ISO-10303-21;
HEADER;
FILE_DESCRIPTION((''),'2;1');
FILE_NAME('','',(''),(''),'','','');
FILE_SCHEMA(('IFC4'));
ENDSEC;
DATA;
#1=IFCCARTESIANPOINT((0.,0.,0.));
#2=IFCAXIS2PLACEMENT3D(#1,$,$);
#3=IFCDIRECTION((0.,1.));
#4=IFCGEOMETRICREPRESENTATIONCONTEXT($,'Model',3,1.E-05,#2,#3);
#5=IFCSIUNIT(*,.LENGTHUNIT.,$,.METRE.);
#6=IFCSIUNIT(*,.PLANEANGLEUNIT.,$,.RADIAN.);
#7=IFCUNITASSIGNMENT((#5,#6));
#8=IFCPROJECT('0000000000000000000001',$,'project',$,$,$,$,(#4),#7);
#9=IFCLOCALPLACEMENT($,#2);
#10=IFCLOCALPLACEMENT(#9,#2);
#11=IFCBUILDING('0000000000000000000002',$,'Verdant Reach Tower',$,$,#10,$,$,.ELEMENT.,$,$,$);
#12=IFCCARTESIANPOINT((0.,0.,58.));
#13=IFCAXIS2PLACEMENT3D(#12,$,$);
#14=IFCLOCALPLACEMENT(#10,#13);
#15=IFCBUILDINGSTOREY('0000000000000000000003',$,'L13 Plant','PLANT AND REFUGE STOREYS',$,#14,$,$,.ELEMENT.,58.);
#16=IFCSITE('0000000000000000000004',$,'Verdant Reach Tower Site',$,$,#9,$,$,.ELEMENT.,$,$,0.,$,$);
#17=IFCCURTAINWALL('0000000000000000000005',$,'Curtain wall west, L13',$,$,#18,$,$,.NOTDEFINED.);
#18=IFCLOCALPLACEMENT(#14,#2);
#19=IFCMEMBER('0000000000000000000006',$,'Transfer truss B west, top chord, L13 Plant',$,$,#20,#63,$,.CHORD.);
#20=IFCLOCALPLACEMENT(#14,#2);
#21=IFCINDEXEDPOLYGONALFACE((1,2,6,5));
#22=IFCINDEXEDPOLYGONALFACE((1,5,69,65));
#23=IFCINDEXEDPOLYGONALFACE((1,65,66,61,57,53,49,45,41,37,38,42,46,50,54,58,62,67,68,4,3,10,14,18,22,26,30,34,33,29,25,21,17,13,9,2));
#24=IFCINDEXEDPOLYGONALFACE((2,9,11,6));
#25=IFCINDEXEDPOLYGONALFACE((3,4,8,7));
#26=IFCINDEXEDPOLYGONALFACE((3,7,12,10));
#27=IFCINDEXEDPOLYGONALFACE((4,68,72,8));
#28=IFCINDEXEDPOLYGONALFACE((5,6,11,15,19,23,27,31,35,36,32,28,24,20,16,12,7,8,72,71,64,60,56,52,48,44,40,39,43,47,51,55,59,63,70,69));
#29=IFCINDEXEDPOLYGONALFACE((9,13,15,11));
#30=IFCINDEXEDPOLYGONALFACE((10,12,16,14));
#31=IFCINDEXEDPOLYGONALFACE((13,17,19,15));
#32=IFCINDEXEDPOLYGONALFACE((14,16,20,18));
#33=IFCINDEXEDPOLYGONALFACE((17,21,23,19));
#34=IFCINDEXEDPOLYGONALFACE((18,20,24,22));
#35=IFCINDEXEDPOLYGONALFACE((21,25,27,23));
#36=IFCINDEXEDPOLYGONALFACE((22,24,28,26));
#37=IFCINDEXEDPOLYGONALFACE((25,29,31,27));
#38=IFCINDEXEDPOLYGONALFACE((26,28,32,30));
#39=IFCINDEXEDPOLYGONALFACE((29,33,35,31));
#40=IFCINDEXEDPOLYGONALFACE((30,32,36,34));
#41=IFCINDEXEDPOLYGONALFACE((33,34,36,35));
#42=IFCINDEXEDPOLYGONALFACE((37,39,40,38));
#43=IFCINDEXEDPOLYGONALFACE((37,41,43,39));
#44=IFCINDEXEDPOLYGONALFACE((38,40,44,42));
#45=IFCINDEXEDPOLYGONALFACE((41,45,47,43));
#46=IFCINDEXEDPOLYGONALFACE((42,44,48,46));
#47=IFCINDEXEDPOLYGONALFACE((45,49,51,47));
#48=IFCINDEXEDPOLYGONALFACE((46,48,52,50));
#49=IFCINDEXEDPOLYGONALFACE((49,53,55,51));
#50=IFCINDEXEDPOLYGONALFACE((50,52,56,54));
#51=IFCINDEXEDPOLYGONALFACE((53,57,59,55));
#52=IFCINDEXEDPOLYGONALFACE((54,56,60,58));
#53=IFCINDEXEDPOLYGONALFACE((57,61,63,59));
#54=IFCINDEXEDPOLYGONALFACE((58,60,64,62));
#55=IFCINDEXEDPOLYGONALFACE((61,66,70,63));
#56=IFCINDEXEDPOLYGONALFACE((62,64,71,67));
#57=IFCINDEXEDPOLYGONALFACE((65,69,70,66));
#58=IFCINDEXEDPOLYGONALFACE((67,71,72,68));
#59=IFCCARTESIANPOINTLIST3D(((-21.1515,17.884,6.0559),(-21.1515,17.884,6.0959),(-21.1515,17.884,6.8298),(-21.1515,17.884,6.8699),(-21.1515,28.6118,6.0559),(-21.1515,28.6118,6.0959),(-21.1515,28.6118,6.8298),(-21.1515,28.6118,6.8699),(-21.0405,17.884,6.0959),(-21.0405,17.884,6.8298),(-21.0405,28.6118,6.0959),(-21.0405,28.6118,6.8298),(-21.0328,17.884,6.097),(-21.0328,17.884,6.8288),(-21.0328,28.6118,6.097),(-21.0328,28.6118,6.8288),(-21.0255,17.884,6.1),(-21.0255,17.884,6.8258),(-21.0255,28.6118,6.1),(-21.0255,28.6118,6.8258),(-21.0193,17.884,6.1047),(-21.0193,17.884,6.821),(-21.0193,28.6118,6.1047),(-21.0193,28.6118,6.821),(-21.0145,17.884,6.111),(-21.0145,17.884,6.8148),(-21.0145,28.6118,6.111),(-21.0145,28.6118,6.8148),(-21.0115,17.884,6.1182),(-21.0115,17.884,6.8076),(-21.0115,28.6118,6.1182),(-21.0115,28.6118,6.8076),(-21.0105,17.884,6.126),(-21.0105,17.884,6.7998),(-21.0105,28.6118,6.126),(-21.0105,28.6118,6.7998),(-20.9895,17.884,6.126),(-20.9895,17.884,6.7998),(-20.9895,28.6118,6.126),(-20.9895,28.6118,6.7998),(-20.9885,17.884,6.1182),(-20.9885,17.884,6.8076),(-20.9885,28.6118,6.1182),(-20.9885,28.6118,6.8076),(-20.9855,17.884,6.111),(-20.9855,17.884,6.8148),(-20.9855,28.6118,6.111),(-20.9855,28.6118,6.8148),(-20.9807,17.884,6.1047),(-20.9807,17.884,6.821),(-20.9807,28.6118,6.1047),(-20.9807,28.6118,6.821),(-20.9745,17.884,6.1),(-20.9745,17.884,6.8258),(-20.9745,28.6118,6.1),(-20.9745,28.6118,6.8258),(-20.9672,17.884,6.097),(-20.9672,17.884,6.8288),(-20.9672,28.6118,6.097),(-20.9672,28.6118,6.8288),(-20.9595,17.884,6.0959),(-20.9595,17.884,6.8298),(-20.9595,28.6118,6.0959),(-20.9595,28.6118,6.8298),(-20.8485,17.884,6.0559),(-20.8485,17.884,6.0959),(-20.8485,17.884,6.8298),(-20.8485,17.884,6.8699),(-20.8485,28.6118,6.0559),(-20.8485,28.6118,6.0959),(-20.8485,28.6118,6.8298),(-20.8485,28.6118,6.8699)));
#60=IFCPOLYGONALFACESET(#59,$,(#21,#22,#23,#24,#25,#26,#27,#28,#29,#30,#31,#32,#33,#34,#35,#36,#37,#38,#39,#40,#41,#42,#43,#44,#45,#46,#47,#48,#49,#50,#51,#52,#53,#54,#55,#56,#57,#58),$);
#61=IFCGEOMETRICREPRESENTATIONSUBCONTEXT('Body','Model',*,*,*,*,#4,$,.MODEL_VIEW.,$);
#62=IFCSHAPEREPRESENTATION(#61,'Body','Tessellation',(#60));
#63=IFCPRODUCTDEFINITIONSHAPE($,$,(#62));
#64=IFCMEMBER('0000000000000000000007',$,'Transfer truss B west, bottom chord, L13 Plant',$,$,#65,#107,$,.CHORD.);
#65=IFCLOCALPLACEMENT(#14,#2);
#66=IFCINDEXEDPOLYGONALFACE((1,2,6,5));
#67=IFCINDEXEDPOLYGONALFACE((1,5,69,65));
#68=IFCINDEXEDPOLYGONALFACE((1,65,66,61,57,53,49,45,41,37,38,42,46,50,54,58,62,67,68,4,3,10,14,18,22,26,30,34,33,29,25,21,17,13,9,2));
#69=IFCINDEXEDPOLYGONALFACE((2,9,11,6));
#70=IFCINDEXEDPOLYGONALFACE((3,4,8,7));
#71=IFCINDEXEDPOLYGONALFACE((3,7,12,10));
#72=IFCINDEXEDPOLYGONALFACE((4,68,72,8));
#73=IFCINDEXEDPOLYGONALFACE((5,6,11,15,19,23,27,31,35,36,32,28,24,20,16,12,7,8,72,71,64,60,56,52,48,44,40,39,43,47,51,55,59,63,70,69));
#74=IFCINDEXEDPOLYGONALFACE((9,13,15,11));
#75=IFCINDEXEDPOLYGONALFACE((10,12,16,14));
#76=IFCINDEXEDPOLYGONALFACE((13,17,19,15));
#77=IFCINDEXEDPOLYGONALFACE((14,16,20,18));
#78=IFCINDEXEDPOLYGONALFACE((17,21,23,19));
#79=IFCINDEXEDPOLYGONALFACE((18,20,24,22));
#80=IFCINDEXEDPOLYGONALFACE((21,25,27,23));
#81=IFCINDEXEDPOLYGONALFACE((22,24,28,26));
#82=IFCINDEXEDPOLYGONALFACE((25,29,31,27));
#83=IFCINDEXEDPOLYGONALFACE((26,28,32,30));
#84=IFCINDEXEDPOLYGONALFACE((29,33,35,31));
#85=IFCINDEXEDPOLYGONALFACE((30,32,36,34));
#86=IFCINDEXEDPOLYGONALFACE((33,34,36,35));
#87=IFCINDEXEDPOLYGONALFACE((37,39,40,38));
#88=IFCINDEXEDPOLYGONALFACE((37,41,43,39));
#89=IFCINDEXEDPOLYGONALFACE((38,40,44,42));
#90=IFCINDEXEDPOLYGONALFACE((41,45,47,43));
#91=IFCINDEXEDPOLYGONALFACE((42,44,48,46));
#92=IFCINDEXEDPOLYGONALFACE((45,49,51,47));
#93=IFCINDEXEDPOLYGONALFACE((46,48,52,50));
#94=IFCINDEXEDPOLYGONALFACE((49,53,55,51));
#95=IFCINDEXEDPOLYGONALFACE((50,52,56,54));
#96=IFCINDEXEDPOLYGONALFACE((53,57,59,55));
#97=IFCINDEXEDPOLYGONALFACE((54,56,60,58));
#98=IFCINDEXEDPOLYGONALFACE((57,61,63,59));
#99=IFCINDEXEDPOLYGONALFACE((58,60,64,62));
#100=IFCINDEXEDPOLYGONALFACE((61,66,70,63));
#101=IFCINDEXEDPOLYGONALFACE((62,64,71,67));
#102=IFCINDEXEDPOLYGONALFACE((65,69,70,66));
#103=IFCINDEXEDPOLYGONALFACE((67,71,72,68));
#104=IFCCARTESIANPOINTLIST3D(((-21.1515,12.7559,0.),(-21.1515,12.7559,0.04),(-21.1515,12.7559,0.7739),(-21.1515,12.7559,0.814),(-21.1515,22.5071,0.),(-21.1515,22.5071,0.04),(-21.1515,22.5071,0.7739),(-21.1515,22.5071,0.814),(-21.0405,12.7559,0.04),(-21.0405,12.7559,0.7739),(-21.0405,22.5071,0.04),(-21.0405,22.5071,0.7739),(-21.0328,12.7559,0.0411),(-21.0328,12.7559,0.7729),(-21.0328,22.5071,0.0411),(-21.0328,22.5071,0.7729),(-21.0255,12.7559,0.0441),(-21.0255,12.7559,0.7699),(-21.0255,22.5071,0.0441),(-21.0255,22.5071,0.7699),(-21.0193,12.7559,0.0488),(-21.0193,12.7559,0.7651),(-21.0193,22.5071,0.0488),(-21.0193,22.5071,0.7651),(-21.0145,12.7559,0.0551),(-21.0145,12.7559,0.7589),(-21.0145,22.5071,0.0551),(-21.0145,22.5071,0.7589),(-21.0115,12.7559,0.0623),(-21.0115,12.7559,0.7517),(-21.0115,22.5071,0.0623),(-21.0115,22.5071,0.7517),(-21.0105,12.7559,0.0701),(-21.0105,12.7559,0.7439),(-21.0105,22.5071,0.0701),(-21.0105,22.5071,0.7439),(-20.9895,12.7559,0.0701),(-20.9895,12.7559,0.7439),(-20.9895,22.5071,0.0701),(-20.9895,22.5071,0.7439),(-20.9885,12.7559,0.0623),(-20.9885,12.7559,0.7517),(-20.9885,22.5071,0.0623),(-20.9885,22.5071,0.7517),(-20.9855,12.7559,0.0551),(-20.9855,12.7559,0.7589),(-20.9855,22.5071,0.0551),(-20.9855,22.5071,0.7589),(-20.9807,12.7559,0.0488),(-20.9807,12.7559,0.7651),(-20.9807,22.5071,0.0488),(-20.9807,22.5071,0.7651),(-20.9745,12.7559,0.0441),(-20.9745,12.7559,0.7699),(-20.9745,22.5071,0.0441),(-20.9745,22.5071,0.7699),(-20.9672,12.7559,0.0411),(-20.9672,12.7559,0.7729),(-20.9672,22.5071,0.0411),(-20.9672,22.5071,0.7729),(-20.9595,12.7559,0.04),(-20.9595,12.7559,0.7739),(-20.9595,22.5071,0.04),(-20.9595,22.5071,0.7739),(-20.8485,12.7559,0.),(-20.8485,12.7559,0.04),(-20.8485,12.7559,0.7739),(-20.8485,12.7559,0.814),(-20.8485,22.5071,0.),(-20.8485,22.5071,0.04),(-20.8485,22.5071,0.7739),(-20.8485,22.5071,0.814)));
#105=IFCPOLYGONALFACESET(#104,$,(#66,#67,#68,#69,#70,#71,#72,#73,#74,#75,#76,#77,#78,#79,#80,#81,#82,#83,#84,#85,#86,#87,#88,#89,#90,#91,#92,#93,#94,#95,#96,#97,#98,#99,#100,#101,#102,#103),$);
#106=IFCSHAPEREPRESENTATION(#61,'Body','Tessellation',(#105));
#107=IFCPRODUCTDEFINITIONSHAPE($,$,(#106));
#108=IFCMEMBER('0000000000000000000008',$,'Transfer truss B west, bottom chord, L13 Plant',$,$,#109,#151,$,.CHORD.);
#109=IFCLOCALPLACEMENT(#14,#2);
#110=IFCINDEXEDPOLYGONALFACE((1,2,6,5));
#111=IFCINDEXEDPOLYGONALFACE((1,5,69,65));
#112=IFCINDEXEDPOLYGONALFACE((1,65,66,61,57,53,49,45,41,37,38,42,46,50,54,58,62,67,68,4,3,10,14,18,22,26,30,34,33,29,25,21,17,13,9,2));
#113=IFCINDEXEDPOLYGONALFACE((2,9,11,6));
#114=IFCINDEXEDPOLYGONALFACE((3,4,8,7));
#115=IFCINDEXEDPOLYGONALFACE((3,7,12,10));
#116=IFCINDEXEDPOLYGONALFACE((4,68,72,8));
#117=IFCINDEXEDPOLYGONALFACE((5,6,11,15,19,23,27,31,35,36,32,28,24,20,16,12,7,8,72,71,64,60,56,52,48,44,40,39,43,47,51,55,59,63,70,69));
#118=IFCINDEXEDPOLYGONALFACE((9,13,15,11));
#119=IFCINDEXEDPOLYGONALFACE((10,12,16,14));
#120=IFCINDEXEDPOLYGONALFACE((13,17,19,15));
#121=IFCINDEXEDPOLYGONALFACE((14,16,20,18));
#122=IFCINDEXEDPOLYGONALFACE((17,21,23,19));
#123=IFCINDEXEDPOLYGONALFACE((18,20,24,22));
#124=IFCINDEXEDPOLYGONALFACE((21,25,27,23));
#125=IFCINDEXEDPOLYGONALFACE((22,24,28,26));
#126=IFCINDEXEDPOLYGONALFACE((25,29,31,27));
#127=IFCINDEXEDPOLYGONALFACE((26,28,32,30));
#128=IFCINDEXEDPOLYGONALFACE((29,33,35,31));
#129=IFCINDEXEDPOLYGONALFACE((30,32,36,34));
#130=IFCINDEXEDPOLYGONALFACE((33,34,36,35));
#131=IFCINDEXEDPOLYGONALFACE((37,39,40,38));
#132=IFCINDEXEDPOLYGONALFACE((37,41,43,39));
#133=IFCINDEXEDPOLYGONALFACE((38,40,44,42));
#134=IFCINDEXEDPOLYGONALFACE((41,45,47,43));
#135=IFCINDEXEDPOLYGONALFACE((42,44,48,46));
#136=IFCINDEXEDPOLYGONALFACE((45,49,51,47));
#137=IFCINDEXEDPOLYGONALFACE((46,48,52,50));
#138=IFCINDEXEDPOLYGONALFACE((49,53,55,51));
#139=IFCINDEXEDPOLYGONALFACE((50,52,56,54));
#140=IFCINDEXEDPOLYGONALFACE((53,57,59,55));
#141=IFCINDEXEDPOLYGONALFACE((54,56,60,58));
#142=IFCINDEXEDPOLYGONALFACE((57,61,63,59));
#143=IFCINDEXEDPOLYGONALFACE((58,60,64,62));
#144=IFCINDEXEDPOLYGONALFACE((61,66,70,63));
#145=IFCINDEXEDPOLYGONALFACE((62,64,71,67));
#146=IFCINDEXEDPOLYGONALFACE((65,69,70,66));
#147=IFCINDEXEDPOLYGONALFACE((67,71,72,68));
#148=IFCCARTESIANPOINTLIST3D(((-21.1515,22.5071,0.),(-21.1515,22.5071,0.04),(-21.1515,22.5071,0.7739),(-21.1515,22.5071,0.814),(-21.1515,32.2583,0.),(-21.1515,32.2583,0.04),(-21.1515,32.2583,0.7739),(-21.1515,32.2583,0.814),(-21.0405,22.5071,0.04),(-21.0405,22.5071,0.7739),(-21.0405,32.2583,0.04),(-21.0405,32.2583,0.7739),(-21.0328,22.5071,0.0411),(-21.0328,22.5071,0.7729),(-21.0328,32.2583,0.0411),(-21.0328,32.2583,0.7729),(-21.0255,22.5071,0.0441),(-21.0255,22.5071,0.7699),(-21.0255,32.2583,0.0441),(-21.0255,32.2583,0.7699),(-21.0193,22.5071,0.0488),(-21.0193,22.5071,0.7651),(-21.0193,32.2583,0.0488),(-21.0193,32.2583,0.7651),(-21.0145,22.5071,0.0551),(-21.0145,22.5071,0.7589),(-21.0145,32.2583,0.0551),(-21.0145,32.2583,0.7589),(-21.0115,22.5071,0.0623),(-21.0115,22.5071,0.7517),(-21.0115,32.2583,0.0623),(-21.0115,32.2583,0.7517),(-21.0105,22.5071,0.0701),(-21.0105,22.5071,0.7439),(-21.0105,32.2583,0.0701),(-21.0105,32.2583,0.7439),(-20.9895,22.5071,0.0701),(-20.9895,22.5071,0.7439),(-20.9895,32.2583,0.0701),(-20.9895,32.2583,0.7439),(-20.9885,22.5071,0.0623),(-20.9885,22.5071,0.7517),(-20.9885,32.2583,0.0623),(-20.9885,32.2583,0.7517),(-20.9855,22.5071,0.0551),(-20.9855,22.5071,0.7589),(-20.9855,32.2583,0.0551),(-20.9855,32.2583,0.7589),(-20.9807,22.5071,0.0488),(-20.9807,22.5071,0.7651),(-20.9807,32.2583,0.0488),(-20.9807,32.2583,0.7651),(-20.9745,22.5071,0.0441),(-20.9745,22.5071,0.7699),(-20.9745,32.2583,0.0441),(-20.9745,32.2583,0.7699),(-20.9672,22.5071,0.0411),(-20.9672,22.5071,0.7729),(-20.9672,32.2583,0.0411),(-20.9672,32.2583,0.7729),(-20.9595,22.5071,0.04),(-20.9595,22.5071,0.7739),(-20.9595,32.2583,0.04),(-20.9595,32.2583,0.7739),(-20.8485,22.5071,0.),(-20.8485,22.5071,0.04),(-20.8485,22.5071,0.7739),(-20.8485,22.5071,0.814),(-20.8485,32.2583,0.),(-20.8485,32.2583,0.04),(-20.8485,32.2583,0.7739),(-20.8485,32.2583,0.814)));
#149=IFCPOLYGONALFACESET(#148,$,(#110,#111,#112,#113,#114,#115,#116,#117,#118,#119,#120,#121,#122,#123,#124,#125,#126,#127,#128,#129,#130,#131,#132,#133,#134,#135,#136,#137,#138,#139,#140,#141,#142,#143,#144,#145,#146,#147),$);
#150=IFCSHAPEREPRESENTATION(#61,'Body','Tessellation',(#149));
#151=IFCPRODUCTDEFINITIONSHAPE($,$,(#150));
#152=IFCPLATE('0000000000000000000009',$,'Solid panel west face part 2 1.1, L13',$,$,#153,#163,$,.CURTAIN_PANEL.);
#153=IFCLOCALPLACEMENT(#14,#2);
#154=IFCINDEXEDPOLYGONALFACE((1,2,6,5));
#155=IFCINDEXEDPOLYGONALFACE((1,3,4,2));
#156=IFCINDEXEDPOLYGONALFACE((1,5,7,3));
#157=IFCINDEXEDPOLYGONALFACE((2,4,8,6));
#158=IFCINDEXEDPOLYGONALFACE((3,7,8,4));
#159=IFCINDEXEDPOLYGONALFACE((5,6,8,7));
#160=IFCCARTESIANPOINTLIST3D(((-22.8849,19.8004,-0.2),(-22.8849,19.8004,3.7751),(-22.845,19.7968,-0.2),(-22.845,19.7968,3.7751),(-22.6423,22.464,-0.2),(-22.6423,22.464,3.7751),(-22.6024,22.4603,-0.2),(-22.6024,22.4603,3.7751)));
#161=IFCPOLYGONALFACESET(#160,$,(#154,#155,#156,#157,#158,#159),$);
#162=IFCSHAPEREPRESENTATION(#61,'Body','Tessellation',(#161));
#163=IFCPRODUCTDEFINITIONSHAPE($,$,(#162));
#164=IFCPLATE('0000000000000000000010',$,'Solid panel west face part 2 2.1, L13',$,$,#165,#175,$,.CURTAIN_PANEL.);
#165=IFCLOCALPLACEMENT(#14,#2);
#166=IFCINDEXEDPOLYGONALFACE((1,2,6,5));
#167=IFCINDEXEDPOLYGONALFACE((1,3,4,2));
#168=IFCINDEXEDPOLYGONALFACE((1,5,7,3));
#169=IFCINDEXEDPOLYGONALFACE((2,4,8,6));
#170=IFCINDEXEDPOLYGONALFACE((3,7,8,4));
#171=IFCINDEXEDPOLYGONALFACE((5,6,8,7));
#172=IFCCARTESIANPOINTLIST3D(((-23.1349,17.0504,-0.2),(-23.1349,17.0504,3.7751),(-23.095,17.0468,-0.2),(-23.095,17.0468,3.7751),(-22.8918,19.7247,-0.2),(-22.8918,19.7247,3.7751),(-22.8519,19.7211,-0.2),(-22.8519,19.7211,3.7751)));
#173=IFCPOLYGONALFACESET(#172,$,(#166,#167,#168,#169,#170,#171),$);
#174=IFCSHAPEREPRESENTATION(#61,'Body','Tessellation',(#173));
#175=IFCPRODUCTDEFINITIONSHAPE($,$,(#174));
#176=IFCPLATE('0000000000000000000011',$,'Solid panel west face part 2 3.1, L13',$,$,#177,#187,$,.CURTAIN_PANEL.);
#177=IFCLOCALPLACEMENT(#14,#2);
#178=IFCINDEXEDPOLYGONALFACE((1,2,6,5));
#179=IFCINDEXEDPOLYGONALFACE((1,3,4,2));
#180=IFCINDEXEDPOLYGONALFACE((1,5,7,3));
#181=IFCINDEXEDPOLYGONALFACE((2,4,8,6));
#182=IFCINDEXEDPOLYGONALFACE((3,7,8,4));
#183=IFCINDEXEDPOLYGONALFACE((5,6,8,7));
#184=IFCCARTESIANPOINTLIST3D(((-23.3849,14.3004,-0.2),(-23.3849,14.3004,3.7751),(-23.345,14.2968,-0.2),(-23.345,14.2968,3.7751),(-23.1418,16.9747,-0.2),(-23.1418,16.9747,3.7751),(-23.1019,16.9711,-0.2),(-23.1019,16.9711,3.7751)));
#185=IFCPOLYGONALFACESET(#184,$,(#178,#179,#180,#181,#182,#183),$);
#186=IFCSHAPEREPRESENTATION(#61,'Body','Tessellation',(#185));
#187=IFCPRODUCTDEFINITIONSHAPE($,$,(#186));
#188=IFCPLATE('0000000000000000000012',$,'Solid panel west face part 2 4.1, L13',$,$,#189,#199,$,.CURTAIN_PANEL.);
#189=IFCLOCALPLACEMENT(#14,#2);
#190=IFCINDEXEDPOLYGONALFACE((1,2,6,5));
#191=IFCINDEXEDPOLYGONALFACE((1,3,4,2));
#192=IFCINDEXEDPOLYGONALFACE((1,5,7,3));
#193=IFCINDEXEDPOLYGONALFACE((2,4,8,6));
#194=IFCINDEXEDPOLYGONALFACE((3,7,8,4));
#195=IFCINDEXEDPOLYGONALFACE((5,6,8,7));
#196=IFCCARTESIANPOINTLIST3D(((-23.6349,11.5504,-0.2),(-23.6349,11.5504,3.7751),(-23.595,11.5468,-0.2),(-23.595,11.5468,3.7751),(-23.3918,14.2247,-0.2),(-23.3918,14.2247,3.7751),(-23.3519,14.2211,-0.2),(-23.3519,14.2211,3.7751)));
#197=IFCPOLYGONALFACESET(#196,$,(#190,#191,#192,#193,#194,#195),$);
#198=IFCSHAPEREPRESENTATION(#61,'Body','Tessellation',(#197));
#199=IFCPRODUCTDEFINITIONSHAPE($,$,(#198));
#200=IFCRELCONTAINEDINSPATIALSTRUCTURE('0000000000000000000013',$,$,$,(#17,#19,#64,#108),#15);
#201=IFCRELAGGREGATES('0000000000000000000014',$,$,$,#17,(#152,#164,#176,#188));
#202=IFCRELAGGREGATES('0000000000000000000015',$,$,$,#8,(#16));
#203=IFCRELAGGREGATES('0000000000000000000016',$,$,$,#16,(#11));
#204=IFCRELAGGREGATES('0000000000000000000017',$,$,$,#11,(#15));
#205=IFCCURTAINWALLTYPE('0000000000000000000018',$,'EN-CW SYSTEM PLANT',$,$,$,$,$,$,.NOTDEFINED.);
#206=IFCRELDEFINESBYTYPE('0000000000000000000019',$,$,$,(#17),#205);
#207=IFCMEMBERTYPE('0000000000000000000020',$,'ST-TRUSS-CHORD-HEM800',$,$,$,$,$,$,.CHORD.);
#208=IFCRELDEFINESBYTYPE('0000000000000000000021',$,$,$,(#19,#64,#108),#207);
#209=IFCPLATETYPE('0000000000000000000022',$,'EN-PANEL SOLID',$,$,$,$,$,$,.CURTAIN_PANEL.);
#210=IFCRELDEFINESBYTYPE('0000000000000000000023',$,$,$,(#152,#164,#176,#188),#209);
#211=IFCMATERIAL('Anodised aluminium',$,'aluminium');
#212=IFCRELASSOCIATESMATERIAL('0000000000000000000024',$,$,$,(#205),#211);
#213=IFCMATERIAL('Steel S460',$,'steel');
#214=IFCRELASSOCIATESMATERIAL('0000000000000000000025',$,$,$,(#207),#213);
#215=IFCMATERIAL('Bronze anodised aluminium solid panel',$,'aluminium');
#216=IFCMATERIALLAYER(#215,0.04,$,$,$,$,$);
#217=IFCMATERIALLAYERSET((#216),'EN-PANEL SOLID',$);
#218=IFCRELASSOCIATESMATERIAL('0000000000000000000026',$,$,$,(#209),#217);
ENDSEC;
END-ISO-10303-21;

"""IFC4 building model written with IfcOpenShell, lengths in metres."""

from ifc_helpers import new_model, si_unit, direction, frame, origin, origin_2d, place, context, subcontext, project, spatial, rectangle, i_section, extrude, material, layer, layer_set, material_profile, profile_set, type_object, element, aggregate, save


model = new_model("IFC4")

# Units and contexts
model_context = context("Model", 3, precision=1e-05, world=origin(), true_north=direction((0.0, 1.0)))
body_context = subcontext(model_context, "Body", "Model", "MODEL_VIEW")
ifc_project = project(units=[si_unit("LENGTHUNIT", "METRE"), si_unit("PLANEANGLEUNIT", "RADIAN")], contexts=[model_context])

# Site, building, storey
site_placement = place(None, origin())
site = spatial("IfcSite", under=ifc_project, at=site_placement, Name="Verdant Reach Tower Site", CompositionType="ELEMENT", RefElevation=0.0)
building_placement = place(site_placement, origin())
building = spatial("IfcBuilding", under=site, at=building_placement, Name="Verdant Reach Tower", CompositionType="ELEMENT")
storey_placement = place(building_placement, frame((0.0, 0.0, 58.0)))
storey = spatial("IfcBuildingStorey", under=building, at=storey_placement, Name="L13 Plant", Description="PLANT AND REFUGE STOREYS", CompositionType="ELEMENT", Elevation=58.0)

# Shared definitions
ifc_material_1 = material(Name="Steel S460", Category="steel")

# Curtain wall
ifc_material_2 = material(Name="Anodised aluminium", Category="aluminium")
curtain_wall_type = type_object("IfcCurtainWallType", Name="EN-CW SYSTEM PLANT", PredefinedType="NOTDEFINED", material=ifc_material_2)
curtain_wall_placement = place(storey_placement, origin())
curtain_wall = element("IfcCurtainWall", 1, at=curtain_wall_placement, inside=storey, type_object=curtain_wall_type, Name="Curtain wall west, L13", PredefinedType="NOTDEFINED")

# Members
ifc_material_profile_1 = material_profile(ifc_material_1, i_section(OverallWidth=0.303, OverallDepth=0.814, WebThickness=0.021, FlangeThickness=0.04, FilletRadius=0.03, at=origin_2d()), Name="HEM 800")
ifc_profile_set_1 = profile_set([ifc_material_profile_1], Name="Steel S460")
member_type_1 = type_object("IfcMemberType", Name="ST-TRUSS-CHORD-HEM800", PredefinedType="CHORD", material=ifc_profile_set_1)
member_1_placement = place(storey_placement, frame((-21.0, 17.884, 6.4629), z_axis=(0.0, 1.0, 0.0), x_axis=(-1.0, 0.0, 0.0)))
element("IfcMember", 2, at=member_1_placement, inside=storey, type_object=member_type_1, Name="Transfer truss B west, top chord, L13 Plant", PredefinedType="CHORD", context=body_context, shape_type="SweptSolid", body=[
    extrude(i_section(OverallWidth=0.303, OverallDepth=0.814, WebThickness=0.021, FlangeThickness=0.04, FilletRadius=0.03, at=origin_2d()), origin(), (0.0, 0.0, 1.0), 10.7278),
])
for number, where, z_axis, x_axis, name in (
    (3, (-21.0, 12.7559, 0.407), (0.0, 1.0, 0.0), (-1.0, 0.0, 0.0), "Transfer truss B west, bottom chord, L13 Plant"),
    (4, (-21.0, 22.5071, 0.407), (0.0, 1.0, 0.0), (-1.0, 0.0, 0.0), "Transfer truss B west, bottom chord, L13 Plant"),
):
    element("IfcMember", number, at=place(storey_placement, frame(where, z_axis=z_axis, x_axis=x_axis)), inside=storey, type_object=member_type_1, Name=name, PredefinedType="CHORD", context=body_context, shape_type="SweptSolid", body=[
        extrude(i_section(OverallWidth=0.303, OverallDepth=0.814, WebThickness=0.021, FlangeThickness=0.04, FilletRadius=0.03, at=origin_2d()), origin(), (0.0, 0.0, 1.0), 9.7512),
    ])

# Plates
ifc_material_3 = material(Name="Bronze anodised aluminium solid panel", Category="aluminium")
ifc_layer_1 = layer(ifc_material_3, 0.04)
ifc_layer_set_1 = layer_set([ifc_layer_1], Name="EN-PANEL SOLID")
plate_type_1 = type_object("IfcPlateType", Name="EN-PANEL SOLID", PredefinedType="CURTAIN_PANEL", material=ifc_layer_set_1)
plate_1_placement = place(storey_placement, frame((-22.7437, 21.1304, -0.2), z_axis=(0.0, 0.0, 1.0), x_axis=(-0.090713, -0.995877, 0.0)))
plate_1 = element("IfcPlate", 5, at=plate_1_placement, type_object=plate_type_1, Name="Solid panel west face part 2 1.1, L13", PredefinedType="CURTAIN_PANEL", context=body_context, shape_type="SweptSolid", body=[
    extrude(rectangle(XDim=2.6746, YDim=0.04, at=origin_2d()), origin(), (0.0, 0.0, 1.0), 3.9751),
])
plate_2_placement = place(storey_placement, frame((-22.9934, 18.3857, -0.2), z_axis=(0.0, 0.0, 1.0), x_axis=(-0.090536, -0.995893, 0.0)))
plate_2 = element("IfcPlate", 6, at=plate_2_placement, type_object=plate_type_1, Name="Solid panel west face part 2 2.1, L13", PredefinedType="CURTAIN_PANEL", context=body_context, shape_type="SweptSolid", body=[
    extrude(rectangle(XDim=2.6853, YDim=0.04, at=origin_2d()), origin(), (0.0, 0.0, 1.0), 3.9751),
])
plate_3_placement = place(storey_placement, frame((-23.2434, 15.6357, -0.2), z_axis=(0.0, 0.0, 1.0), x_axis=(-0.090536, -0.995893, 0.0)))
plate_3 = element("IfcPlate", 7, at=plate_3_placement, type_object=plate_type_1, Name="Solid panel west face part 2 3.1, L13", PredefinedType="CURTAIN_PANEL", context=body_context, shape_type="SweptSolid", body=[
    extrude(rectangle(XDim=2.6853, YDim=0.04, at=origin_2d()), origin(), (0.0, 0.0, 1.0), 3.9751),
])
plate_4_placement = place(storey_placement, frame((-23.4934, 12.8857, -0.2), z_axis=(0.0, 0.0, 1.0), x_axis=(-0.090536, -0.995893, 0.0)))
plate_4 = element("IfcPlate", 8, at=plate_4_placement, type_object=plate_type_1, Name="Solid panel west face part 2 4.1, L13", PredefinedType="CURTAIN_PANEL", context=body_context, shape_type="SweptSolid", body=[
    extrude(rectangle(XDim=2.6853, YDim=0.04, at=origin_2d()), origin(), (0.0, 0.0, 1.0), 3.9751),
])

aggregate(curtain_wall, [plate_1, plate_2, plate_3, plate_4])

save(model, "model.ifc")
